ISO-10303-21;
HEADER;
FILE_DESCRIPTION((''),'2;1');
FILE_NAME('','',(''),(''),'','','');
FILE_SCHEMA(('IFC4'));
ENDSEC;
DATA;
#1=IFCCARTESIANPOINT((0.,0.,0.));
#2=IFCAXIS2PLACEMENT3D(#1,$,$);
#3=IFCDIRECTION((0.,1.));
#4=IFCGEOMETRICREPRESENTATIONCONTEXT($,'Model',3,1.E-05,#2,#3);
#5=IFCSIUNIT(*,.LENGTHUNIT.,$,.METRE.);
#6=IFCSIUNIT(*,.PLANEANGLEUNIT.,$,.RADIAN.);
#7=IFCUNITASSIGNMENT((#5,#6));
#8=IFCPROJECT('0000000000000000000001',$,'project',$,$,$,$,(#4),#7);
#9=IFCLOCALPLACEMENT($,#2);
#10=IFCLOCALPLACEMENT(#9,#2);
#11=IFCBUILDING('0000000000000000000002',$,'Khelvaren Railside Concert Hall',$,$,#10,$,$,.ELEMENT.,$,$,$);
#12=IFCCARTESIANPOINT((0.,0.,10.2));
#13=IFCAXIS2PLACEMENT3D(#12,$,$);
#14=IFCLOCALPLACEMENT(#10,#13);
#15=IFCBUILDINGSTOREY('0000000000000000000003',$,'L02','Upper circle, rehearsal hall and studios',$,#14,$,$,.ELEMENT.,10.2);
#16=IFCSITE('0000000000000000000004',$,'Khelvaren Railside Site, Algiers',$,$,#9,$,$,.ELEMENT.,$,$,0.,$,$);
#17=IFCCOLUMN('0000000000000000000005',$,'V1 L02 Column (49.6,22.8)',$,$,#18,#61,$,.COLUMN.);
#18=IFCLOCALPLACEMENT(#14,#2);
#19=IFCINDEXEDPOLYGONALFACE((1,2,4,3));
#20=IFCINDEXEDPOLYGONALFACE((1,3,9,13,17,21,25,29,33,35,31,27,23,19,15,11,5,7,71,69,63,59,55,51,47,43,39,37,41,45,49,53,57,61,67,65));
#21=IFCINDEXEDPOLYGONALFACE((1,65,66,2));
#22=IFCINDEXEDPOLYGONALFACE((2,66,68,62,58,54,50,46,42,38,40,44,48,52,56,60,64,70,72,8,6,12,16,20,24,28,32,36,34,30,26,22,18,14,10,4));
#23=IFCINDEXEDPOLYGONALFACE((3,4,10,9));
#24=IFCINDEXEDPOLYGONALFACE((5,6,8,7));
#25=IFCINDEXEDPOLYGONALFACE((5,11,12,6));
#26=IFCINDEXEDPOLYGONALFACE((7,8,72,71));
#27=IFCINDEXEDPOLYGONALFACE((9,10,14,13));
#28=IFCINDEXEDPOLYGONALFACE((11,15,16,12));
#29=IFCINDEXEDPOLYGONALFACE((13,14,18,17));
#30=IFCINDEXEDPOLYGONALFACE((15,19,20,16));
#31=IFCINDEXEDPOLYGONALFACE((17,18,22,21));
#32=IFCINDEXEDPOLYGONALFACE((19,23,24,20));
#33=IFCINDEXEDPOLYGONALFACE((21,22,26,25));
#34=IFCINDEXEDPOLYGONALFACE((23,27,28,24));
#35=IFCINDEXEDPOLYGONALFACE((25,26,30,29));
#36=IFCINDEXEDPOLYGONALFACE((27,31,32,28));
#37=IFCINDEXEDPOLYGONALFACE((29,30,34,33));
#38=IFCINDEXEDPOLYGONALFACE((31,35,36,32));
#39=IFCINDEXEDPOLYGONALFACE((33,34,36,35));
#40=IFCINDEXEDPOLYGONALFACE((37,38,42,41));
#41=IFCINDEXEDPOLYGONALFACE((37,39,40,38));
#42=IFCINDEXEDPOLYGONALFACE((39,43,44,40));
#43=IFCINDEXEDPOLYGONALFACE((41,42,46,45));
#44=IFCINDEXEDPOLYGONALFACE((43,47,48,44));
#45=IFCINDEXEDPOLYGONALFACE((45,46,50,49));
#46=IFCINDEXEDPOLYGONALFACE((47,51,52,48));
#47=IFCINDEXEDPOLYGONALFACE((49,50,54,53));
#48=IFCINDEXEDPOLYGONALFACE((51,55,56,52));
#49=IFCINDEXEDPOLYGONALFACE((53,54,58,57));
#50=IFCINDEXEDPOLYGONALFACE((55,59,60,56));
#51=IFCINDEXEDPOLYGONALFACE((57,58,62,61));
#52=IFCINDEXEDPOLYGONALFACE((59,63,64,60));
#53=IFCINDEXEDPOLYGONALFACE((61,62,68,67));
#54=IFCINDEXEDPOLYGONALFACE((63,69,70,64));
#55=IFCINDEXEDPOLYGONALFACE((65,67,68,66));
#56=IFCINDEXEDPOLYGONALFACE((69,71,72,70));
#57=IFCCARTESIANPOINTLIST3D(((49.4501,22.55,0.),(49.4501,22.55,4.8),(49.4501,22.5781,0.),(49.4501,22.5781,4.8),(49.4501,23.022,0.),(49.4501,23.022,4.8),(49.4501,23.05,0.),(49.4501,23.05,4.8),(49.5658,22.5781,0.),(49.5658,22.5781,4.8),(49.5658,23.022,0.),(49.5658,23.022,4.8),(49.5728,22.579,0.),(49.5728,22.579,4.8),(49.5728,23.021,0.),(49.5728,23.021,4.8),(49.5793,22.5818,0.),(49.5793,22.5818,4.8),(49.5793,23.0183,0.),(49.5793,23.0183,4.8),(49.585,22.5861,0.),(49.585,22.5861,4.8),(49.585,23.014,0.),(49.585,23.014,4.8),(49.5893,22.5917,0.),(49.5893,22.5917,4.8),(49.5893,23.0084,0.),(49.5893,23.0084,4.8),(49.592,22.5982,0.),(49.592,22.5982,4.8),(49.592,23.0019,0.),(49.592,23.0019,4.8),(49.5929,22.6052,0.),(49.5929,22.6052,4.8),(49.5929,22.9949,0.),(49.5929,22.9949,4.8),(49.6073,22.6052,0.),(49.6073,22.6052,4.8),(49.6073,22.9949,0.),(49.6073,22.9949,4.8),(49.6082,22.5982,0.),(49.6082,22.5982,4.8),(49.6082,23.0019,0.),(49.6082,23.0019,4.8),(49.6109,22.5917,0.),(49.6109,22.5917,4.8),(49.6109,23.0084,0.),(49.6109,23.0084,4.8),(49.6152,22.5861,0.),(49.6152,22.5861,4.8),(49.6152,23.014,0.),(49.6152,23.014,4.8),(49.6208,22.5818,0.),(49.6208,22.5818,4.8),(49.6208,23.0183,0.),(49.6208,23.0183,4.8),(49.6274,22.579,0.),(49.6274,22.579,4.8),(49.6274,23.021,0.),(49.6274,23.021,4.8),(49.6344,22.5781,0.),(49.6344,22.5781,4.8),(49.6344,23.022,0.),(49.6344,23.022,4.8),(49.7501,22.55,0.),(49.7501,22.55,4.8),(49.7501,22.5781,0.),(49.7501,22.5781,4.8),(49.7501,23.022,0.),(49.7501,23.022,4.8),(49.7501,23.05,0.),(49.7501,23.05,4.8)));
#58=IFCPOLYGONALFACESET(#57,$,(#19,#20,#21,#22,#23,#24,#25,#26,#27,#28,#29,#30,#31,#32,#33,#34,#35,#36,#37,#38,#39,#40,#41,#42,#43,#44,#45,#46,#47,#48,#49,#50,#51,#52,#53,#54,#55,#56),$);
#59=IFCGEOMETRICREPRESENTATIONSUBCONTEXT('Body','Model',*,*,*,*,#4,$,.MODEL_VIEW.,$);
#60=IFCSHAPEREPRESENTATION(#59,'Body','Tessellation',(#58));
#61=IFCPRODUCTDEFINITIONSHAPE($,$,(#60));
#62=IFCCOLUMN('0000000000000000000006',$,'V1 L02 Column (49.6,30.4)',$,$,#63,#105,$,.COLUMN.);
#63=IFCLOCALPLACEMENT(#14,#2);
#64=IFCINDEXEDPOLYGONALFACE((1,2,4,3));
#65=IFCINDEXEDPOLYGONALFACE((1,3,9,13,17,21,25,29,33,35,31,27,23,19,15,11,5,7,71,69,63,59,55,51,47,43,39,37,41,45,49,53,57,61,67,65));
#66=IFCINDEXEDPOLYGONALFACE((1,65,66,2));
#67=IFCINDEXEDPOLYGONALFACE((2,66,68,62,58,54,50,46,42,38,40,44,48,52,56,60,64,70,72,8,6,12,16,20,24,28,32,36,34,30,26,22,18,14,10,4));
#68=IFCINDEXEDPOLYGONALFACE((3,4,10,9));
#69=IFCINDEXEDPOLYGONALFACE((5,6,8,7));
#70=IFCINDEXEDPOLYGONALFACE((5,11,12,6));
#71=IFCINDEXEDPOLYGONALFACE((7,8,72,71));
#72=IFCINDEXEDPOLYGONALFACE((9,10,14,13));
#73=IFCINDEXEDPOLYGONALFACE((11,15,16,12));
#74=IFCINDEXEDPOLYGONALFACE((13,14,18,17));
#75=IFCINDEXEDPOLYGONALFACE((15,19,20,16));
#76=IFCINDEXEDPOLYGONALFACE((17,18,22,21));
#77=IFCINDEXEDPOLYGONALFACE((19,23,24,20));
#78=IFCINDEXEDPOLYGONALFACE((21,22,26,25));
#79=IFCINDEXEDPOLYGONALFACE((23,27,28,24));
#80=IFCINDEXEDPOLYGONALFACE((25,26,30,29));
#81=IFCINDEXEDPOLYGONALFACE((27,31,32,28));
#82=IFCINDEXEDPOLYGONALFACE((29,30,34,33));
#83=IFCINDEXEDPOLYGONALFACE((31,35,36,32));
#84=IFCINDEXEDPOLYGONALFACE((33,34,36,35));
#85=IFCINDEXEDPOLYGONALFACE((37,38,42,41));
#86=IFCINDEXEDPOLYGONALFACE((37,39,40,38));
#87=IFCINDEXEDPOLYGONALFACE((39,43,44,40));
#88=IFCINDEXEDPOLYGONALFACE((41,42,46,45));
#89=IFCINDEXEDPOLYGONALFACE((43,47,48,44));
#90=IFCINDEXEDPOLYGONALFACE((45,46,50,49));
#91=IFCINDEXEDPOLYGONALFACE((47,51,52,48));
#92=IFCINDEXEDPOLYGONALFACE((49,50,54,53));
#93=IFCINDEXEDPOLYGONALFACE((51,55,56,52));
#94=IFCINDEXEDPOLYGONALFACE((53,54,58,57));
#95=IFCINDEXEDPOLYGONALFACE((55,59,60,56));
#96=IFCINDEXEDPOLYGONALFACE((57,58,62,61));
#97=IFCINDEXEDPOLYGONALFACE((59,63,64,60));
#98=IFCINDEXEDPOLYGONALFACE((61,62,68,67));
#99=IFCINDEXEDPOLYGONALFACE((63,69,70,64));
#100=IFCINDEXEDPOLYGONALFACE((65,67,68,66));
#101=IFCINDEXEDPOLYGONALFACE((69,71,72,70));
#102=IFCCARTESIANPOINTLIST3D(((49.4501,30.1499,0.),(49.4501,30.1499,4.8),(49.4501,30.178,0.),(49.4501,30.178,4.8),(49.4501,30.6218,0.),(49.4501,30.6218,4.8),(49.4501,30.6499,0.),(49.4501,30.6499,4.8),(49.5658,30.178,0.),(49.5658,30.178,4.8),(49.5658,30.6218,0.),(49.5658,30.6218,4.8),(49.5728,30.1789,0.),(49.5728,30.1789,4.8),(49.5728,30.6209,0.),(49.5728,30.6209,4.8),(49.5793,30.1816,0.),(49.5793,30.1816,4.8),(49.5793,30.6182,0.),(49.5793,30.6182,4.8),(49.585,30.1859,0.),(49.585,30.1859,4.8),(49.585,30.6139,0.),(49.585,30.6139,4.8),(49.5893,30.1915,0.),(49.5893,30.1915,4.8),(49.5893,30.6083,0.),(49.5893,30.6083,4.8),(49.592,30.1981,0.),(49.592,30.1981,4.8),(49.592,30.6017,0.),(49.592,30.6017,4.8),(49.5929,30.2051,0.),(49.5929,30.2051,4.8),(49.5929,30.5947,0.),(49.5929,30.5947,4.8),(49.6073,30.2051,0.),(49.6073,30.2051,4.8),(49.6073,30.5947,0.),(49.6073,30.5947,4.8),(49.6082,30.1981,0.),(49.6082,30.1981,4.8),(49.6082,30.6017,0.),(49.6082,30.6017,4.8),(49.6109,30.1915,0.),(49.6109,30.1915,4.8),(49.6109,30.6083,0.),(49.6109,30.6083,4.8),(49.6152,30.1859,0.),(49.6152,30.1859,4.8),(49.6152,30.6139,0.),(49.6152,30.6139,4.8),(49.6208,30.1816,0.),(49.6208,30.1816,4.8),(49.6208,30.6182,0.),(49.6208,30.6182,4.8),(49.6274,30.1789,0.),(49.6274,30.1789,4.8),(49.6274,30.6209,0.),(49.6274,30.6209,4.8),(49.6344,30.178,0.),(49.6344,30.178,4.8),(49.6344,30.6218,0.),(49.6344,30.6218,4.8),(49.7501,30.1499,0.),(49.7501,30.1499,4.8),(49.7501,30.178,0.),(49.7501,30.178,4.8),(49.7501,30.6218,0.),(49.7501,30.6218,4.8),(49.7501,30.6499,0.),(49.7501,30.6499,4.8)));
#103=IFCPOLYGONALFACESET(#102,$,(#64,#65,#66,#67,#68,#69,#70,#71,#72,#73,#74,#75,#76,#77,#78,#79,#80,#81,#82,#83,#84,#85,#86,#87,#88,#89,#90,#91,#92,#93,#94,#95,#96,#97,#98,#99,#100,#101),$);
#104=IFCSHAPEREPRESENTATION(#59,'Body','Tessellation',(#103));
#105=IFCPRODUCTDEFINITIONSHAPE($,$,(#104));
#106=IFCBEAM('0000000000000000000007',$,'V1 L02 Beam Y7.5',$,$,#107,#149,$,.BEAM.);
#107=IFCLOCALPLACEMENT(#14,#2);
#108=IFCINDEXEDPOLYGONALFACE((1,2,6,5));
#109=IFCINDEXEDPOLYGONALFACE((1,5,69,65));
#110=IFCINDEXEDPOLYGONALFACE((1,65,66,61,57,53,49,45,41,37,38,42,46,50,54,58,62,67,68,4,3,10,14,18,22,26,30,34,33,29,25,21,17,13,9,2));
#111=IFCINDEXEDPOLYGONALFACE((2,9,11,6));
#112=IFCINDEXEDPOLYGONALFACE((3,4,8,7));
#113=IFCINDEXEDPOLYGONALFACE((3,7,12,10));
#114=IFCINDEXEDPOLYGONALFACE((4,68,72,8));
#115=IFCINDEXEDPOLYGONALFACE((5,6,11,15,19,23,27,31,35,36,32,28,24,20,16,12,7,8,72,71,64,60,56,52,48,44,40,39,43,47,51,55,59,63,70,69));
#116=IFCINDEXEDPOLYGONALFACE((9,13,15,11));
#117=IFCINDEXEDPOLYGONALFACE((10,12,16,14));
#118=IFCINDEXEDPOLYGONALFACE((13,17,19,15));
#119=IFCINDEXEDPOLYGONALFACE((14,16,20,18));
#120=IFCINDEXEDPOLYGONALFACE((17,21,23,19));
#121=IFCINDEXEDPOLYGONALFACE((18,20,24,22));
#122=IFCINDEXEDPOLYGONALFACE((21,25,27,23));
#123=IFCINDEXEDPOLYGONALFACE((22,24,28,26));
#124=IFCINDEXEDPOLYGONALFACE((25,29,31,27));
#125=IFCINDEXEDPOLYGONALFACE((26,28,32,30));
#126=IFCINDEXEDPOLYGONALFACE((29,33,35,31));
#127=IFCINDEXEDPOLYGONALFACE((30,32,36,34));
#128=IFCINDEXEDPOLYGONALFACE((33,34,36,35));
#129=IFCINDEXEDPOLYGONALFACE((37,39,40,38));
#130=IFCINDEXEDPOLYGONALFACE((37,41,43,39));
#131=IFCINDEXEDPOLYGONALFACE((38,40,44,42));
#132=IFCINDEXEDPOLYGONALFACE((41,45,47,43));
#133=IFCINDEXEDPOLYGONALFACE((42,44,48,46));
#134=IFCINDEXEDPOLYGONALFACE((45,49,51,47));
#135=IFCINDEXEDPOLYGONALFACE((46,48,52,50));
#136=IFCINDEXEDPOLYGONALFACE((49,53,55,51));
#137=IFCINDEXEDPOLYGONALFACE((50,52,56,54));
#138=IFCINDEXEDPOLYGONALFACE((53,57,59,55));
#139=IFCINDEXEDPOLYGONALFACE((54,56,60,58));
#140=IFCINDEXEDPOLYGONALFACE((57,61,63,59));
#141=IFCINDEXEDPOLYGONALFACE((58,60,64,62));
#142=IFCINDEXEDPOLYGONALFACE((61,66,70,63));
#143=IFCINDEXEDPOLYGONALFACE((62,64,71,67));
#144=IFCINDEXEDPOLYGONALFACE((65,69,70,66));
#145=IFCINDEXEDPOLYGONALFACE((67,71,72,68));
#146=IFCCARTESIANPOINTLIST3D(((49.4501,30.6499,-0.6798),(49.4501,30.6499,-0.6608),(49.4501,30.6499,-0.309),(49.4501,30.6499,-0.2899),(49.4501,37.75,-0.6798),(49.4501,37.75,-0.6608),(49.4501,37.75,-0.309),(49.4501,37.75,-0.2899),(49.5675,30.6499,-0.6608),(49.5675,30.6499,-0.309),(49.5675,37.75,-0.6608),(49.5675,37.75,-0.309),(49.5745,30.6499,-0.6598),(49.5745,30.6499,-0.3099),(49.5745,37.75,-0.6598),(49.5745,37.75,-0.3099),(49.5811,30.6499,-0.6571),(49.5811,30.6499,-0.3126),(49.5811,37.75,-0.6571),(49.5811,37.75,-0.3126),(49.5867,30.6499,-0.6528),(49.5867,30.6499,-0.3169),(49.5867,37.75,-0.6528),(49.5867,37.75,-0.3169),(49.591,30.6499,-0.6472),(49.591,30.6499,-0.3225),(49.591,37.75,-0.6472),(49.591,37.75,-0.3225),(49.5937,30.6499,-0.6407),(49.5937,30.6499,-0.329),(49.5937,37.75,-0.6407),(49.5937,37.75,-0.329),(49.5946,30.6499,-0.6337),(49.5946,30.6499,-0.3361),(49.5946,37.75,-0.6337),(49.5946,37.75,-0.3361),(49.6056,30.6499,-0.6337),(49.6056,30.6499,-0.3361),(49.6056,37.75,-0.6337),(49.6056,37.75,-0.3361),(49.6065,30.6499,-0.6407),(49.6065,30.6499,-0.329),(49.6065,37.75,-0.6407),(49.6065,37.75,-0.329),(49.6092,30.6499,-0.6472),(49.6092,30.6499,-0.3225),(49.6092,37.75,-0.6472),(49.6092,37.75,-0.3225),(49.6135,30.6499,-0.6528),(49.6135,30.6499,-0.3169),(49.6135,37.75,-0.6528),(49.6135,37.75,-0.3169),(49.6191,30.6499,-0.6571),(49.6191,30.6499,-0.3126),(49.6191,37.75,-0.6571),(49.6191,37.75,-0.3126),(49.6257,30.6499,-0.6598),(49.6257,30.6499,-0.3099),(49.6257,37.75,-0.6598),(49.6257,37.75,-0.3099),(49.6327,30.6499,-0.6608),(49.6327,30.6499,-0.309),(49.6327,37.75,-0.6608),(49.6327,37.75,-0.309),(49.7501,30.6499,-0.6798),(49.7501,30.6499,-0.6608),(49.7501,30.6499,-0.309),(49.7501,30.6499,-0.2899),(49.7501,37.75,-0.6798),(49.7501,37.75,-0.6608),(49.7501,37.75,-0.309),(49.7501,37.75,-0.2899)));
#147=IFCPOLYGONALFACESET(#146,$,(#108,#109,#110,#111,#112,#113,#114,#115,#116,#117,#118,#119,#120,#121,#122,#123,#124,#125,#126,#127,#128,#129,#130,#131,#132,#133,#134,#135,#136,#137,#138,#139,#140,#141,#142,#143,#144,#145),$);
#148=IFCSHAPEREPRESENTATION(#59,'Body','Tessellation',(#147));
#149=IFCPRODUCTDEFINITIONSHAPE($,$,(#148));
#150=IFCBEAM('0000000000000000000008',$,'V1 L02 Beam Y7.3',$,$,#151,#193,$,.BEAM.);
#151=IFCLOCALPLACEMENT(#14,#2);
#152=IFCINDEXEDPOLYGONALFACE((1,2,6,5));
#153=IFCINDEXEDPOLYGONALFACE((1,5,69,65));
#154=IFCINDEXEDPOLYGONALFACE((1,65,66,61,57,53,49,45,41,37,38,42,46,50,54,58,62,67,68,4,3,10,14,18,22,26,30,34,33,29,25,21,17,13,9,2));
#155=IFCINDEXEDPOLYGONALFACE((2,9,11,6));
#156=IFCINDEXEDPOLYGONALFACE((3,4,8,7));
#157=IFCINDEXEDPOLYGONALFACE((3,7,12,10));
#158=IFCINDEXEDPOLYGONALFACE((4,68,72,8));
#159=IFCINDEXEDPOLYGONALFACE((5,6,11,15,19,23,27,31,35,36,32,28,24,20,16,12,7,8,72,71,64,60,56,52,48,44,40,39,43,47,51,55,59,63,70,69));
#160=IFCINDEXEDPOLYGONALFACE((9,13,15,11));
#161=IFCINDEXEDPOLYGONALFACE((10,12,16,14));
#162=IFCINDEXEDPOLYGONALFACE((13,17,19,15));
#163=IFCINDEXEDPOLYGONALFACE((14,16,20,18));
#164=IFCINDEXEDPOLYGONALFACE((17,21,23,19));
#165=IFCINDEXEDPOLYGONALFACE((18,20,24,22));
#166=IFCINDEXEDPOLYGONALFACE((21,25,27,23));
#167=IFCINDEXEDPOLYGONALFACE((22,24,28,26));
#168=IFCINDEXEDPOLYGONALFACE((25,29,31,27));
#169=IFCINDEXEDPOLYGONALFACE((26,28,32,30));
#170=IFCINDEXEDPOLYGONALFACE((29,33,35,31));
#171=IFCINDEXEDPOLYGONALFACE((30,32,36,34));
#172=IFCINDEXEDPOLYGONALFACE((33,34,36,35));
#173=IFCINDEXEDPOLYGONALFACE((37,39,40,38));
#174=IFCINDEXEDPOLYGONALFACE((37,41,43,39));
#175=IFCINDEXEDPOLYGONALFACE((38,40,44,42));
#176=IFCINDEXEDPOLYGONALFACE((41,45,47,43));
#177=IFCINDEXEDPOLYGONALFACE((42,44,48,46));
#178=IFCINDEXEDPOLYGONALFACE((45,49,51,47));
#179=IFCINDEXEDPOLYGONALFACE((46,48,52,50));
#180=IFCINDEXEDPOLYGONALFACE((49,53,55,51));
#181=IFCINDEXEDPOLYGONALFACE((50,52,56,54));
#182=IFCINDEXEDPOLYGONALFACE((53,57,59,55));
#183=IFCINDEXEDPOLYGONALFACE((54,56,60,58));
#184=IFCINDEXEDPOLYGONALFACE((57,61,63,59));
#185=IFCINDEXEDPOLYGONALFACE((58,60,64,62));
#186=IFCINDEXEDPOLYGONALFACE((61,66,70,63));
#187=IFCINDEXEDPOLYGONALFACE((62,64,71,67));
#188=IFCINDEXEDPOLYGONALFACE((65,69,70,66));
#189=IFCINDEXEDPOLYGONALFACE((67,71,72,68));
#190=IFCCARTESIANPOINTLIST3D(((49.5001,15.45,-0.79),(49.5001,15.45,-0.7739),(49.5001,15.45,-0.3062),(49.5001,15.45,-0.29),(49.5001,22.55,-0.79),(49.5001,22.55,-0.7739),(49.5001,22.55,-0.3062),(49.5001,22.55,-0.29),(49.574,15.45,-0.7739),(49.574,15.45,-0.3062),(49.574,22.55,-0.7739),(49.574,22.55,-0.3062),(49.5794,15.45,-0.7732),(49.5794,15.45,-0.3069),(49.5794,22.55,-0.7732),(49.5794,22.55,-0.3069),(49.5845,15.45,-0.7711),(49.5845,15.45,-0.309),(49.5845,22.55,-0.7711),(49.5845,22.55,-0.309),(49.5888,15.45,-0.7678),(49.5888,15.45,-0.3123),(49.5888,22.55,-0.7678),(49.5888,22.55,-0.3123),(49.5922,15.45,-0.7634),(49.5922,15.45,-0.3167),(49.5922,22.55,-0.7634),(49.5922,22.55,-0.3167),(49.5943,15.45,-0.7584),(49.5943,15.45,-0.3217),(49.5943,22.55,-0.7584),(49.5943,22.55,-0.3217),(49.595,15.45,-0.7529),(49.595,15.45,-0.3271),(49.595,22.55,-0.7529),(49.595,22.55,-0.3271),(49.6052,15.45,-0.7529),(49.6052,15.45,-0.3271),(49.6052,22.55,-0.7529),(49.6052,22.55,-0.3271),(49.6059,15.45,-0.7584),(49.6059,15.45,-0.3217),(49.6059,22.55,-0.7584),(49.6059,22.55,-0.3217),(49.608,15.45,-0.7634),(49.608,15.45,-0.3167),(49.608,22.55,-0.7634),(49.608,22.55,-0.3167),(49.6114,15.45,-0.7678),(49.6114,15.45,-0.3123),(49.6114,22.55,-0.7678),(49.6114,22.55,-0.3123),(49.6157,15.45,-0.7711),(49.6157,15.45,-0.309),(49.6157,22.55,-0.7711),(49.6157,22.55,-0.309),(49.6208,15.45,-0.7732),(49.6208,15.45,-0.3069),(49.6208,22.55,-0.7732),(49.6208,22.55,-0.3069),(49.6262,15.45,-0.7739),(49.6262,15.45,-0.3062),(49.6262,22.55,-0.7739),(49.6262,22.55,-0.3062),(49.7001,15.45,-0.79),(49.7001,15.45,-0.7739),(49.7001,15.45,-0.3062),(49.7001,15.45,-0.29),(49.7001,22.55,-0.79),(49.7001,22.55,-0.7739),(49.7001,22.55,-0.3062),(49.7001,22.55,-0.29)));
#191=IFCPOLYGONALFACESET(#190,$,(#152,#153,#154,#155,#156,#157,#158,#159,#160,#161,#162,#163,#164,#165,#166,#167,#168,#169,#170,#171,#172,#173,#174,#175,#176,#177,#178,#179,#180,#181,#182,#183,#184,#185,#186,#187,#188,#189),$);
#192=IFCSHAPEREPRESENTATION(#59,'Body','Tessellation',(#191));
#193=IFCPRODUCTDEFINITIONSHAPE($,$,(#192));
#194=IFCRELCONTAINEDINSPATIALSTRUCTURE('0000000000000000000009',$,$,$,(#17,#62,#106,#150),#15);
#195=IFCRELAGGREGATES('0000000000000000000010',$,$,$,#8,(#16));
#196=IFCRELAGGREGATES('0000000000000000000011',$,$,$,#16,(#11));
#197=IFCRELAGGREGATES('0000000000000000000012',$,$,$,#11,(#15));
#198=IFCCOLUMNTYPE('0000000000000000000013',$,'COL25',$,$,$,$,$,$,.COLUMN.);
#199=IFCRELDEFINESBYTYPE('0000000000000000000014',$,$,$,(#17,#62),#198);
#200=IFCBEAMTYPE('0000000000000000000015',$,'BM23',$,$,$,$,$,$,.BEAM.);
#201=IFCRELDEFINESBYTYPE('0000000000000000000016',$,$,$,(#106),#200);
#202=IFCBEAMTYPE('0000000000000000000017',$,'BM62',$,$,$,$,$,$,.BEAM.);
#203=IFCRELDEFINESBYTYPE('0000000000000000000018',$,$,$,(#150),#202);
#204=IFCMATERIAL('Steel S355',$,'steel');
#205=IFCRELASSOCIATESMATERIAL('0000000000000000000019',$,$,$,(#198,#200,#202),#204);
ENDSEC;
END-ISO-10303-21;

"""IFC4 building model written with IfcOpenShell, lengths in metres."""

from ifc_helpers import new_model, si_unit, direction, frame, origin, origin_2d, place, context, subcontext, project, spatial, i_section, extrude, material, material_profile, profile_set, type_object, element, save


model = new_model("IFC4")

# Units and contexts
model_context = context("Model", 3, precision=1e-05, world=origin(), true_north=direction((0.0, 1.0)))
body_context = subcontext(model_context, "Body", "Model", "MODEL_VIEW")
ifc_project = project(units=[si_unit("LENGTHUNIT", "METRE"), si_unit("PLANEANGLEUNIT", "RADIAN")], contexts=[model_context])

# Site, building, storey
site_placement = place(None, origin())
site = spatial("IfcSite", under=ifc_project, at=site_placement, Name="Khelvaren Railside Site, Algiers", CompositionType="ELEMENT", RefElevation=0.0)
building_placement = place(site_placement, origin())
building = spatial("IfcBuilding", under=site, at=building_placement, Name="Khelvaren Railside Concert Hall", CompositionType="ELEMENT")
storey_placement = place(building_placement, frame((0.0, 0.0, 10.2)))
storey = spatial("IfcBuildingStorey", under=building, at=storey_placement, Name="L02", Description="Upper circle, rehearsal hall and studios", CompositionType="ELEMENT", Elevation=10.2)

# Columns
ifc_material_1 = material(Name="Steel S355", Category="steel")
ifc_material_profile_1 = material_profile(ifc_material_1, i_section(OverallWidth=0.3, OverallDepth=0.5, WebThickness=0.0144, FlangeThickness=0.0281, FilletRadius=0.0271, at=origin_2d()), Name="HEB 500")
ifc_profile_set_1 = profile_set([ifc_material_profile_1], Name="Steel S355")
column_type = type_object("IfcColumnType", Name="COL25", PredefinedType="COLUMN", material=ifc_profile_set_1)
for number, where, z_axis, x_axis, name in (
    (1, (49.6001, 22.8, 0.0), (0.0, 0.0, 1.0), (1.0, 0.0, 0.0), "V1 L02 Column (49.6,22.8)"),
    (2, (49.6001, 30.3999, 0.0), (0.0, 0.0, 1.0), (1.0, 0.0, 0.0), "V1 L02 Column (49.6,30.4)"),
):
    element("IfcColumn", number, at=place(storey_placement, frame(where, z_axis=z_axis, x_axis=x_axis)), inside=storey, type_object=column_type, Name=name, PredefinedType="COLUMN", context=body_context, shape_type="SweptSolid", body=[
        extrude(i_section(OverallWidth=0.3, OverallDepth=0.5, WebThickness=0.0144, FlangeThickness=0.0281, FilletRadius=0.0271, at=origin_2d()), origin(), (0.0, 0.0, 1.0), 4.8),
    ])

# Beams
ifc_material_profile_2 = material_profile(ifc_material_1, i_section(OverallWidth=0.3, OverallDepth=0.3899, WebThickness=0.011, FlangeThickness=0.019, FilletRadius=0.0271, at=origin_2d()), Name="HEA 400")
ifc_profile_set_2 = profile_set([ifc_material_profile_2], Name="Steel S355")
beam_type_1 = type_object("IfcBeamType", Name="BM23", PredefinedType="BEAM", material=ifc_profile_set_2)
beam_1_placement = place(storey_placement, frame((49.6001, 30.6499, -0.4849), z_axis=(0.0, 1.0, 0.0), x_axis=(-1.0, 0.0, 0.0)))
element("IfcBeam", 3, at=beam_1_placement, inside=storey, type_object=beam_type_1, Name="V1 L02 Beam Y7.5", PredefinedType="BEAM", context=body_context, shape_type="SweptSolid", body=[
    extrude(i_section(OverallWidth=0.3, OverallDepth=0.3899, WebThickness=0.011, FlangeThickness=0.019, FilletRadius=0.0271, at=origin_2d()), origin(), (0.0, 0.0, 1.0), 7.1001),
])
ifc_material_profile_3 = material_profile(ifc_material_1, i_section(OverallWidth=0.2, OverallDepth=0.5, WebThickness=0.0103, FlangeThickness=0.0161, FilletRadius=0.021, at=origin_2d()), Name="IPE 500")
ifc_profile_set_3 = profile_set([ifc_material_profile_3], Name="Steel S355")
beam_type_2 = type_object("IfcBeamType", Name="BM62", PredefinedType="BEAM", material=ifc_profile_set_3)
beam_2_placement = place(storey_placement, frame((49.6001, 15.45, -0.54), z_axis=(0.0, 1.0, 0.0), x_axis=(-1.0, 0.0, 0.0)))
element("IfcBeam", 4, at=beam_2_placement, inside=storey, type_object=beam_type_2, Name="V1 L02 Beam Y7.3", PredefinedType="BEAM", context=body_context, shape_type="SweptSolid", body=[
    extrude(i_section(OverallWidth=0.2, OverallDepth=0.5, WebThickness=0.0103, FlangeThickness=0.0161, FilletRadius=0.021, at=origin_2d()), origin(), (0.0, 0.0, 1.0), 7.1001),
])

save(model, "model.ifc")
